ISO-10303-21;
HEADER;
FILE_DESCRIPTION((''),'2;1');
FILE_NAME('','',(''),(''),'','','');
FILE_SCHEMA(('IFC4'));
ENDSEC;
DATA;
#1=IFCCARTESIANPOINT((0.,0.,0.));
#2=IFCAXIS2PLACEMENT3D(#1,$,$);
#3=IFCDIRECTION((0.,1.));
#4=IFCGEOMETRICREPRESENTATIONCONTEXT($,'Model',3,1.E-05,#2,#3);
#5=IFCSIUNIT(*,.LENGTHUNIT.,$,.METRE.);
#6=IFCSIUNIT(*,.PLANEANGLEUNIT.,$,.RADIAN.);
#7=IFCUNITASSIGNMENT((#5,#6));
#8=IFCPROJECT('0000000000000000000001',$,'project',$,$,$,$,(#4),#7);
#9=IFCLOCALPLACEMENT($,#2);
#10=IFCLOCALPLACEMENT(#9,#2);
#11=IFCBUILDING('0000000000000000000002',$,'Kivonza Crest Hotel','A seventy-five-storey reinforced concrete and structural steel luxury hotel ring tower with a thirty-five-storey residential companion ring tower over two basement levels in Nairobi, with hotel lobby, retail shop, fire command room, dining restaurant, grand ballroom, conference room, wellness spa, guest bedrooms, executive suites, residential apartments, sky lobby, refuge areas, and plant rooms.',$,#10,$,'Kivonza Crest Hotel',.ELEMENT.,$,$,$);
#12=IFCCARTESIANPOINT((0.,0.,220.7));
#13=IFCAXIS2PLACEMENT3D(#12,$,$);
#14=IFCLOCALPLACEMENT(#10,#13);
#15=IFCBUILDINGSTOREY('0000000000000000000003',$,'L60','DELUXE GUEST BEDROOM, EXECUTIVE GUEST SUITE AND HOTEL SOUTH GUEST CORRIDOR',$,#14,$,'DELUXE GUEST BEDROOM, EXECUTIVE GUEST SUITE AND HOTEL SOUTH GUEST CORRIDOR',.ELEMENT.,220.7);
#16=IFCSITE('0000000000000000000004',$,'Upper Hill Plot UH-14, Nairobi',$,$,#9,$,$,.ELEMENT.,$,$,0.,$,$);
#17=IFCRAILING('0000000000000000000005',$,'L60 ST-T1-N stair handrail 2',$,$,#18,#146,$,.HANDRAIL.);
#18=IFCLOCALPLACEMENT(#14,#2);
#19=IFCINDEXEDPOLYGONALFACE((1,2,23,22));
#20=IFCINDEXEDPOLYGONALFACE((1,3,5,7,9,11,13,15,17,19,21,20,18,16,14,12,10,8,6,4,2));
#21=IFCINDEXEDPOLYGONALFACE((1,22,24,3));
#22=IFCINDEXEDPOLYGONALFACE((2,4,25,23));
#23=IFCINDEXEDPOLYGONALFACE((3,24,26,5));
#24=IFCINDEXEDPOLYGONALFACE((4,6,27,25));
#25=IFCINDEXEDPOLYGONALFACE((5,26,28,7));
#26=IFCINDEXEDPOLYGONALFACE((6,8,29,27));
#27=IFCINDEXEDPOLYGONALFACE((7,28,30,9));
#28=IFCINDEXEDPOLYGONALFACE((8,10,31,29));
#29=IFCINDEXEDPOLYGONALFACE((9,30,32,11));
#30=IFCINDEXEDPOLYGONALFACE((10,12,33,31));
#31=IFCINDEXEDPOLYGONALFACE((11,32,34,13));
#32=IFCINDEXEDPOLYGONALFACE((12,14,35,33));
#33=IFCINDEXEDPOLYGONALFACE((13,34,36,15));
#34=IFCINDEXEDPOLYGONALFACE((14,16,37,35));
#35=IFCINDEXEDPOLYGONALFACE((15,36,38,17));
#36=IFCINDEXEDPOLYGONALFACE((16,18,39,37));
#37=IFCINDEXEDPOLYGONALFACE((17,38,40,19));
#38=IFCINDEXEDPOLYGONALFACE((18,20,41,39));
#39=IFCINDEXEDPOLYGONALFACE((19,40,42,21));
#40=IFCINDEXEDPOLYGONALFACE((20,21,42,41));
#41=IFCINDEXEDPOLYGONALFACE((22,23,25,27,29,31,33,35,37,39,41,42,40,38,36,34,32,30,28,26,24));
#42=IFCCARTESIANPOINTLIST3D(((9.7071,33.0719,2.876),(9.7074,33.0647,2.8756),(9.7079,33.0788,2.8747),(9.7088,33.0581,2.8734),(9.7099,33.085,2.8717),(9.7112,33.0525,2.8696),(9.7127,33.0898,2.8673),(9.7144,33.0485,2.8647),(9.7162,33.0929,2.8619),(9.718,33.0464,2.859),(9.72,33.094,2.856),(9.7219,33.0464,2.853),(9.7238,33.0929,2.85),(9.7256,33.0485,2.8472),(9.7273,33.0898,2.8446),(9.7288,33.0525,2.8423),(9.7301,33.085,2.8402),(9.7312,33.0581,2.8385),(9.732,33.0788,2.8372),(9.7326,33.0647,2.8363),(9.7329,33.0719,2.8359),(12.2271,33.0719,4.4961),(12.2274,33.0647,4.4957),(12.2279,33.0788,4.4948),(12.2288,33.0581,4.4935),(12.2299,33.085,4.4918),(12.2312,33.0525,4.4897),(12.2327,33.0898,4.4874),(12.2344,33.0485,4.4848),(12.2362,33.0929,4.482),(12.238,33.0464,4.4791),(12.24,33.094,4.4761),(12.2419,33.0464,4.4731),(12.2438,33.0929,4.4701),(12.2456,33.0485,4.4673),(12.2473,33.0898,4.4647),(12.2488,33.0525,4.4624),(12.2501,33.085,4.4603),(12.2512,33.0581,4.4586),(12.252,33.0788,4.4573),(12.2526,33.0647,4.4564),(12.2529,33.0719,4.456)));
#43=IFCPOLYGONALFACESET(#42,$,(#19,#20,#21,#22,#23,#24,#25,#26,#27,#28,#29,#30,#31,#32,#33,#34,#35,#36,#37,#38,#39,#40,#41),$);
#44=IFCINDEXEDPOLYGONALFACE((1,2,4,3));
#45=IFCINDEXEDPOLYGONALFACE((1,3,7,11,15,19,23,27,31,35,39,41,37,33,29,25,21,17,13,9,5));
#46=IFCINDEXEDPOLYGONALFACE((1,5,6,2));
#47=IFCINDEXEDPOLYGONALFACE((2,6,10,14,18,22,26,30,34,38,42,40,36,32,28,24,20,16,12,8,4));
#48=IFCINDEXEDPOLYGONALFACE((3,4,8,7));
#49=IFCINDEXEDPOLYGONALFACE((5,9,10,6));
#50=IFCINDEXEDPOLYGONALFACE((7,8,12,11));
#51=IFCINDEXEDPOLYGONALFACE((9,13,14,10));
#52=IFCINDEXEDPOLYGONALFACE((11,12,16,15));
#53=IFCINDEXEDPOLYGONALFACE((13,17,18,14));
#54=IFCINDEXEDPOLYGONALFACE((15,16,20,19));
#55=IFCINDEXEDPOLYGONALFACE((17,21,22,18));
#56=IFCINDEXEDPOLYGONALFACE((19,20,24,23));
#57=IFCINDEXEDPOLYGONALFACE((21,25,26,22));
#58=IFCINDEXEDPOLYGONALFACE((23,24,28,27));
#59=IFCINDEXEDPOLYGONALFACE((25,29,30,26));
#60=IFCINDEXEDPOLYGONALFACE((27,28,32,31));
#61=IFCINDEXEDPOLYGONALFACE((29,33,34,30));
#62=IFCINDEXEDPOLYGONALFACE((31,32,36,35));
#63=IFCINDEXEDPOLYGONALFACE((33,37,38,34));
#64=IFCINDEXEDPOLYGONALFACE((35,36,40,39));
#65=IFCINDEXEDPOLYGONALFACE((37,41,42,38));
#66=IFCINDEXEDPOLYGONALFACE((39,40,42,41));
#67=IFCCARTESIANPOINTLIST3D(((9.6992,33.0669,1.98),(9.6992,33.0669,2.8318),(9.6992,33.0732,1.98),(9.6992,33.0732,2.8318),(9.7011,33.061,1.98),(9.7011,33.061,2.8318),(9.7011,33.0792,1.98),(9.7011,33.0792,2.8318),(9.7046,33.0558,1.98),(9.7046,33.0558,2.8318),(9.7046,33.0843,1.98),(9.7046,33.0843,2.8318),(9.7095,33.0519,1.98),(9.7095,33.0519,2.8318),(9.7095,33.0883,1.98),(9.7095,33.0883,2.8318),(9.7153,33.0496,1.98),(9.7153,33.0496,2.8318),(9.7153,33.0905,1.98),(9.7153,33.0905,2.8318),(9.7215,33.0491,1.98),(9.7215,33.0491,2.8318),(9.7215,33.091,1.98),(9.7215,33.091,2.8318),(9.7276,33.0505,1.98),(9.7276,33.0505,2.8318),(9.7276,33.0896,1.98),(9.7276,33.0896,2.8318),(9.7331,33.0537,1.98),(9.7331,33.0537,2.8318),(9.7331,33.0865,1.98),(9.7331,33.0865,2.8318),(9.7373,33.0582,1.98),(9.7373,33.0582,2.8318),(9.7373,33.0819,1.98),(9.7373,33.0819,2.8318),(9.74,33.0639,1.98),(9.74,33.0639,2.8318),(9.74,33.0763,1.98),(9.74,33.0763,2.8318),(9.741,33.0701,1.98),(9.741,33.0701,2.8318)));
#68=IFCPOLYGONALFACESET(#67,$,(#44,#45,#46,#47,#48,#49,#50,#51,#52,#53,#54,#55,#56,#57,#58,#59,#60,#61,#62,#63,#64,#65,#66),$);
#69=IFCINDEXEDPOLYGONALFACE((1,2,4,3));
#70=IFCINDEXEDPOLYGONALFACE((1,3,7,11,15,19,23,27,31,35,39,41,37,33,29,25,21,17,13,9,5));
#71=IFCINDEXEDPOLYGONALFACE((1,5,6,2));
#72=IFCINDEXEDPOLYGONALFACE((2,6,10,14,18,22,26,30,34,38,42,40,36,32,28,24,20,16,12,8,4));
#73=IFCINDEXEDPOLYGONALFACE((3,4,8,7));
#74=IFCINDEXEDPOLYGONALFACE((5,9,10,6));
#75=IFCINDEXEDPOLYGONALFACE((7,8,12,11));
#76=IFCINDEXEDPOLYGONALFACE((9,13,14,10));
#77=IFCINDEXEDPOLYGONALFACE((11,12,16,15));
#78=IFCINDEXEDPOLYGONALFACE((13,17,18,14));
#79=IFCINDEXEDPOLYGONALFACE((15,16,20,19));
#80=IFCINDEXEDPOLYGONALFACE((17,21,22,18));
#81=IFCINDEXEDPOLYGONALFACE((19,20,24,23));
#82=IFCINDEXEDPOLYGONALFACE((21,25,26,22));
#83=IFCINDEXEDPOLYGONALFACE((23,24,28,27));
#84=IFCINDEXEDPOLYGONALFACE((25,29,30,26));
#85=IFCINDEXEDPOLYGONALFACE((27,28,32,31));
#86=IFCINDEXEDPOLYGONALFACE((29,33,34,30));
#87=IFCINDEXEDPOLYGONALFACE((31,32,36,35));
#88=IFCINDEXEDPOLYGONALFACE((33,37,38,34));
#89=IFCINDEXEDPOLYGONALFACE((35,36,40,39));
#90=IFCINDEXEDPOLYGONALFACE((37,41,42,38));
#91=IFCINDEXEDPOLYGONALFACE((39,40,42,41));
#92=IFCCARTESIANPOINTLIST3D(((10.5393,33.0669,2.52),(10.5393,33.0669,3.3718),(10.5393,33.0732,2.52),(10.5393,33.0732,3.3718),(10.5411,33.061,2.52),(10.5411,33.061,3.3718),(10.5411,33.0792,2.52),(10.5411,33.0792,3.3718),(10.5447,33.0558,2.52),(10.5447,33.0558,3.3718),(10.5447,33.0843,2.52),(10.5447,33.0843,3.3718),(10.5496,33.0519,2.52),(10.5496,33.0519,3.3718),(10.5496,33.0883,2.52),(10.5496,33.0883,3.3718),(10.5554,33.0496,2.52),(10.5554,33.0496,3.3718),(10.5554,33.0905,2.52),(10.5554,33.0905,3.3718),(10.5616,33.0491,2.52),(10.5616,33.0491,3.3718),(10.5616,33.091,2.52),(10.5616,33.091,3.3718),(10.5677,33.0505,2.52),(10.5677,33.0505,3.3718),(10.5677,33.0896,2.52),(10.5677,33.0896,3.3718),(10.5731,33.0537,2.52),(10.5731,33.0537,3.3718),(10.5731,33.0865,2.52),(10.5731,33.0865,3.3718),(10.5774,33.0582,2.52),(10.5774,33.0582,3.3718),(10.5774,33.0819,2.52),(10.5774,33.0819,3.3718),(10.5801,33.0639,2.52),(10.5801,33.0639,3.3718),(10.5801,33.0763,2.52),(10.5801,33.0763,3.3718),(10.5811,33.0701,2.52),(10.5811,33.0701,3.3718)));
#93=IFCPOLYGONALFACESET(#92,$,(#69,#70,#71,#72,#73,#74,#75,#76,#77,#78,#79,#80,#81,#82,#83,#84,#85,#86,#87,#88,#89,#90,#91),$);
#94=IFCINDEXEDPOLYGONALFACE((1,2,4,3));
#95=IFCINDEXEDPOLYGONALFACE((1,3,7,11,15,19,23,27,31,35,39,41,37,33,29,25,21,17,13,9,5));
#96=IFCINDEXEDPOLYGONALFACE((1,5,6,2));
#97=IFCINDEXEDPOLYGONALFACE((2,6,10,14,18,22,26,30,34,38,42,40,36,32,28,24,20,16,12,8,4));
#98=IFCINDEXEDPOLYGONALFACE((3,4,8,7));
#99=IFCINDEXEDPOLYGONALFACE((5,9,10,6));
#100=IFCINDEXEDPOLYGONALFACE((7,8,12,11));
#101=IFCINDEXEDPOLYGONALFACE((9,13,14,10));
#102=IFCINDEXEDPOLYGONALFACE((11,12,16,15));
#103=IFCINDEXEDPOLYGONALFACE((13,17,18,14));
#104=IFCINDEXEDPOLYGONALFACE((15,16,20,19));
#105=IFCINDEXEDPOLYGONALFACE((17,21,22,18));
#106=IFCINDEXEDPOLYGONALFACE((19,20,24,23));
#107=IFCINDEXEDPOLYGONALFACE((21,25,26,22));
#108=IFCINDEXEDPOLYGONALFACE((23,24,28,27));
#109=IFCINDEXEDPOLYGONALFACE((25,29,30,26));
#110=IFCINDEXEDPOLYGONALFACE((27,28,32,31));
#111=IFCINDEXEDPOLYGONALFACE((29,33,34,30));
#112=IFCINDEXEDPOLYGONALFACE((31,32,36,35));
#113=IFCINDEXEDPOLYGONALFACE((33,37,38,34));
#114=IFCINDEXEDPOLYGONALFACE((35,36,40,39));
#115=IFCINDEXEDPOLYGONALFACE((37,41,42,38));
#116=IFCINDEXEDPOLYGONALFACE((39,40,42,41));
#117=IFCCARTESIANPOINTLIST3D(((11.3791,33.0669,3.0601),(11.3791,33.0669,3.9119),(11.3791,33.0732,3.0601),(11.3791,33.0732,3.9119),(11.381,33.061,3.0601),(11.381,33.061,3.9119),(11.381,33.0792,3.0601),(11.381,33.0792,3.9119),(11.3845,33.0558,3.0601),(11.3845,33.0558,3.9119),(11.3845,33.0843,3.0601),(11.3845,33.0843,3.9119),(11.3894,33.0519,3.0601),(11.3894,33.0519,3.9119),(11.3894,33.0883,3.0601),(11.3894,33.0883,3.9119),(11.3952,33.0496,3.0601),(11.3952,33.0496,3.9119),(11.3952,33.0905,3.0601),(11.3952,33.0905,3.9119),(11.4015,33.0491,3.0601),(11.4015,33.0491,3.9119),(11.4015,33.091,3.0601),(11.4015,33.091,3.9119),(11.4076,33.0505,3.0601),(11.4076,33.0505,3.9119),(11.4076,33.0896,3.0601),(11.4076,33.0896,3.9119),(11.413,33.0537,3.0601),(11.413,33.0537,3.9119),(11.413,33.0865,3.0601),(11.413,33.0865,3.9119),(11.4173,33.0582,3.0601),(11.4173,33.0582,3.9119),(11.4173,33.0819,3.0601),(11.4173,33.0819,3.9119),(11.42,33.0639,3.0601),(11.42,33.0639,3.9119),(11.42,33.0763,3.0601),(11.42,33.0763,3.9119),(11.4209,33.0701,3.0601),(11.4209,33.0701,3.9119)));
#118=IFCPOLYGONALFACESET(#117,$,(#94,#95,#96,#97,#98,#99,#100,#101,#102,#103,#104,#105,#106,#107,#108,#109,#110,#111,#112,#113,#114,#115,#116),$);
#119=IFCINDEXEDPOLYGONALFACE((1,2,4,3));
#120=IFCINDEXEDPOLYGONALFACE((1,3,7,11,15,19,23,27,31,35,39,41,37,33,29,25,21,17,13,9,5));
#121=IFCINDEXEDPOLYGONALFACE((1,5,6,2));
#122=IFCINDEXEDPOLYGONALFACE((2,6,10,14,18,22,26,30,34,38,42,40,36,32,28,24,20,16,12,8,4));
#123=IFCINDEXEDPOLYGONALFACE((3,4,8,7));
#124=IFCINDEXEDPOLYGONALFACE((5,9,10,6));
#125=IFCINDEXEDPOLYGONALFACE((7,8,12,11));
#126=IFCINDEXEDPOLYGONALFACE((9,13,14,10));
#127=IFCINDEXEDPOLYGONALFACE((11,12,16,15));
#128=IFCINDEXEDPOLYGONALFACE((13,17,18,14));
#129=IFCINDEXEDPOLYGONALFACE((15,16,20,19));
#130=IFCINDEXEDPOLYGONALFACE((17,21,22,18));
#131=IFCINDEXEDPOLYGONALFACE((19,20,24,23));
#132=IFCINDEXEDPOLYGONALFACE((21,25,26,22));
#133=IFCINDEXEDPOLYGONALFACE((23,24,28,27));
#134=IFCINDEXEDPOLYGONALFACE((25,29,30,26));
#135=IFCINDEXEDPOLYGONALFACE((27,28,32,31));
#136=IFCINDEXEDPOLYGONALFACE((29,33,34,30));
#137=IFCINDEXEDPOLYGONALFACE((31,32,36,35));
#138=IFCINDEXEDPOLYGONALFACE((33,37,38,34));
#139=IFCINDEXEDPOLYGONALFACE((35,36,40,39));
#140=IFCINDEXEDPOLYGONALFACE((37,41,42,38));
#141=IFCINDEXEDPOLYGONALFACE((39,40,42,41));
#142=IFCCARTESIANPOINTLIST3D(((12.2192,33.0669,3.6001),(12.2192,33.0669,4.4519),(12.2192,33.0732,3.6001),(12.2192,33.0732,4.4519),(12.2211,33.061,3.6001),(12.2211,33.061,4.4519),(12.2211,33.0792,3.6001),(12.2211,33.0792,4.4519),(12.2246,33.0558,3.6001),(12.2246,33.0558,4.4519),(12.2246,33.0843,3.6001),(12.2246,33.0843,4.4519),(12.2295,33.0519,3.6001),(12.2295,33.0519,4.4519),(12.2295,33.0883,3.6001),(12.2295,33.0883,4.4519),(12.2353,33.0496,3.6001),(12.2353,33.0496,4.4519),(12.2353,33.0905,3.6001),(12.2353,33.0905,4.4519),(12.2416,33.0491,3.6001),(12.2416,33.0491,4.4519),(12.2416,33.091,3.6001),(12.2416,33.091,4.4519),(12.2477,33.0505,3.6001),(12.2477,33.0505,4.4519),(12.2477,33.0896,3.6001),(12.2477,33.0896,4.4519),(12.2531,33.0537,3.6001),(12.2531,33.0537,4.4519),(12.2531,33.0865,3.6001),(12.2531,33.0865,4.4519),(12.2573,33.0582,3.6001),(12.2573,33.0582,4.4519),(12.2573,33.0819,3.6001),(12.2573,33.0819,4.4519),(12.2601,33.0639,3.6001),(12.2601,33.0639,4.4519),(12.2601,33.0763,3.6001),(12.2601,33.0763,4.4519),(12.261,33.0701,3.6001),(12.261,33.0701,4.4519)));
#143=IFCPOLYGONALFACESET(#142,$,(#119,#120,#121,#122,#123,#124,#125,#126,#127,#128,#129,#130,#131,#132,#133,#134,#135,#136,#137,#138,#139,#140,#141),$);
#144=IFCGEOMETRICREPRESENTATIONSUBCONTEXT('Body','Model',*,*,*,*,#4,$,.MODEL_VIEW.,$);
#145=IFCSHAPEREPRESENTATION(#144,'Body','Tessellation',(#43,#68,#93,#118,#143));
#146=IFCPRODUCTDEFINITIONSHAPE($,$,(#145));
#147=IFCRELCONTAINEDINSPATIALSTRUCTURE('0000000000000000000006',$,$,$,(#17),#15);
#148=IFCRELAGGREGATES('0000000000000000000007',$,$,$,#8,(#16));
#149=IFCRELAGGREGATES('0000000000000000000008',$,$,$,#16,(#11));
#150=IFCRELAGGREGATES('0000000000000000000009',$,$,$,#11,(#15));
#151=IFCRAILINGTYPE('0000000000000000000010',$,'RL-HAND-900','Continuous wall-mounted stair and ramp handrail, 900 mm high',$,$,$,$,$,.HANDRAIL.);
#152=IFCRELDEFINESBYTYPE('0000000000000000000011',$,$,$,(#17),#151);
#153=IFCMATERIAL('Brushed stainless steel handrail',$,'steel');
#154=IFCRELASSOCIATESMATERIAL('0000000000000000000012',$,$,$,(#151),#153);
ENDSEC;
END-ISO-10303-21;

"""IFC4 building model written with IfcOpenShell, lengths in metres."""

from ifc_helpers import new_model, si_unit, direction, frame, origin, origin_2d, place, context, subcontext, project, spatial, circle, extrude, material, type_object, element, save


model = new_model("IFC4")

# Units and contexts
model_context = context("Model", 3, precision=1e-05, world=origin(), true_north=direction((0.0, 1.0)))
body_context = subcontext(model_context, "Body", "Model", "MODEL_VIEW")
ifc_project = project(units=[si_unit("LENGTHUNIT", "METRE"), si_unit("PLANEANGLEUNIT", "RADIAN")], contexts=[model_context])

# Site, building, storey
site_placement = place(None, origin())
site = spatial("IfcSite", under=ifc_project, at=site_placement, Name="Upper Hill Plot UH-14, Nairobi", CompositionType="ELEMENT", RefElevation=0.0)
building_placement = place(site_placement, origin())
building = spatial("IfcBuilding", under=site, at=building_placement, Name="Kivonza Crest Hotel", Description="A seventy-five-storey reinforced concrete and structural steel luxury hotel ring tower with a thirty-five-storey residential companion ring tower over two basement levels in Nairobi, with hotel lobby, retail shop, fire command room, dining restaurant, grand ballroom, conference room, wellness spa, guest bedrooms, executive suites, residential apartments, sky lobby, refuge areas, and plant rooms.", LongName="Kivonza Crest Hotel", CompositionType="ELEMENT")
storey_placement = place(building_placement, frame((0.0, 0.0, 220.7)))
storey = spatial("IfcBuildingStorey", under=building, at=storey_placement, Name="L60", Description="DELUXE GUEST BEDROOM, EXECUTIVE GUEST SUITE AND HOTEL SOUTH GUEST CORRIDOR", LongName="DELUXE GUEST BEDROOM, EXECUTIVE GUEST SUITE AND HOTEL SOUTH GUEST CORRIDOR", CompositionType="ELEMENT", Elevation=220.7)

# Railing
ifc_material_1 = material(Name="Brushed stainless steel handrail", Category="steel")
railing_type = type_object("IfcRailingType", Name="RL-HAND-900", Description="Continuous wall-mounted stair and ramp handrail, 900 mm high", PredefinedType="HANDRAIL", material=ifc_material_1)
railing_placement = place(storey_placement, frame((9.72, 33.0701, 1.98)))
element("IfcRailing", 1, at=railing_placement, inside=storey, type_object=railing_type, Name="L60 ST-T1-N stair handrail 2", PredefinedType="HANDRAIL", context=body_context, shape_type="SweptSolid", body=[
    extrude(circle(Radius=0.0239, at=origin_2d()), frame((0.0, 0.0, 0.876), z_axis=(0.841163, 0.0, 0.540782), x_axis=(0.0, 1.0, 0.0)), (0.0, 0.0, 1.0), 2.9958),
    extrude(circle(Radius=0.021, at=origin_2d()), origin(), (0.0, 0.0, 1.0), 0.8518),
    extrude(circle(Radius=0.021, at=origin_2d()), frame((0.8401, 0.0, 0.54)), (0.0, 0.0, 1.0), 0.8518),
    extrude(circle(Radius=0.021, at=origin_2d()), frame((1.6799, 0.0, 1.0801)), (0.0, 0.0, 1.0), 0.8518),
    extrude(circle(Radius=0.021, at=origin_2d()), frame((2.52, 0.0, 1.6201)), (0.0, 0.0, 1.0), 0.8518),
])

save(model, "model.ifc")
